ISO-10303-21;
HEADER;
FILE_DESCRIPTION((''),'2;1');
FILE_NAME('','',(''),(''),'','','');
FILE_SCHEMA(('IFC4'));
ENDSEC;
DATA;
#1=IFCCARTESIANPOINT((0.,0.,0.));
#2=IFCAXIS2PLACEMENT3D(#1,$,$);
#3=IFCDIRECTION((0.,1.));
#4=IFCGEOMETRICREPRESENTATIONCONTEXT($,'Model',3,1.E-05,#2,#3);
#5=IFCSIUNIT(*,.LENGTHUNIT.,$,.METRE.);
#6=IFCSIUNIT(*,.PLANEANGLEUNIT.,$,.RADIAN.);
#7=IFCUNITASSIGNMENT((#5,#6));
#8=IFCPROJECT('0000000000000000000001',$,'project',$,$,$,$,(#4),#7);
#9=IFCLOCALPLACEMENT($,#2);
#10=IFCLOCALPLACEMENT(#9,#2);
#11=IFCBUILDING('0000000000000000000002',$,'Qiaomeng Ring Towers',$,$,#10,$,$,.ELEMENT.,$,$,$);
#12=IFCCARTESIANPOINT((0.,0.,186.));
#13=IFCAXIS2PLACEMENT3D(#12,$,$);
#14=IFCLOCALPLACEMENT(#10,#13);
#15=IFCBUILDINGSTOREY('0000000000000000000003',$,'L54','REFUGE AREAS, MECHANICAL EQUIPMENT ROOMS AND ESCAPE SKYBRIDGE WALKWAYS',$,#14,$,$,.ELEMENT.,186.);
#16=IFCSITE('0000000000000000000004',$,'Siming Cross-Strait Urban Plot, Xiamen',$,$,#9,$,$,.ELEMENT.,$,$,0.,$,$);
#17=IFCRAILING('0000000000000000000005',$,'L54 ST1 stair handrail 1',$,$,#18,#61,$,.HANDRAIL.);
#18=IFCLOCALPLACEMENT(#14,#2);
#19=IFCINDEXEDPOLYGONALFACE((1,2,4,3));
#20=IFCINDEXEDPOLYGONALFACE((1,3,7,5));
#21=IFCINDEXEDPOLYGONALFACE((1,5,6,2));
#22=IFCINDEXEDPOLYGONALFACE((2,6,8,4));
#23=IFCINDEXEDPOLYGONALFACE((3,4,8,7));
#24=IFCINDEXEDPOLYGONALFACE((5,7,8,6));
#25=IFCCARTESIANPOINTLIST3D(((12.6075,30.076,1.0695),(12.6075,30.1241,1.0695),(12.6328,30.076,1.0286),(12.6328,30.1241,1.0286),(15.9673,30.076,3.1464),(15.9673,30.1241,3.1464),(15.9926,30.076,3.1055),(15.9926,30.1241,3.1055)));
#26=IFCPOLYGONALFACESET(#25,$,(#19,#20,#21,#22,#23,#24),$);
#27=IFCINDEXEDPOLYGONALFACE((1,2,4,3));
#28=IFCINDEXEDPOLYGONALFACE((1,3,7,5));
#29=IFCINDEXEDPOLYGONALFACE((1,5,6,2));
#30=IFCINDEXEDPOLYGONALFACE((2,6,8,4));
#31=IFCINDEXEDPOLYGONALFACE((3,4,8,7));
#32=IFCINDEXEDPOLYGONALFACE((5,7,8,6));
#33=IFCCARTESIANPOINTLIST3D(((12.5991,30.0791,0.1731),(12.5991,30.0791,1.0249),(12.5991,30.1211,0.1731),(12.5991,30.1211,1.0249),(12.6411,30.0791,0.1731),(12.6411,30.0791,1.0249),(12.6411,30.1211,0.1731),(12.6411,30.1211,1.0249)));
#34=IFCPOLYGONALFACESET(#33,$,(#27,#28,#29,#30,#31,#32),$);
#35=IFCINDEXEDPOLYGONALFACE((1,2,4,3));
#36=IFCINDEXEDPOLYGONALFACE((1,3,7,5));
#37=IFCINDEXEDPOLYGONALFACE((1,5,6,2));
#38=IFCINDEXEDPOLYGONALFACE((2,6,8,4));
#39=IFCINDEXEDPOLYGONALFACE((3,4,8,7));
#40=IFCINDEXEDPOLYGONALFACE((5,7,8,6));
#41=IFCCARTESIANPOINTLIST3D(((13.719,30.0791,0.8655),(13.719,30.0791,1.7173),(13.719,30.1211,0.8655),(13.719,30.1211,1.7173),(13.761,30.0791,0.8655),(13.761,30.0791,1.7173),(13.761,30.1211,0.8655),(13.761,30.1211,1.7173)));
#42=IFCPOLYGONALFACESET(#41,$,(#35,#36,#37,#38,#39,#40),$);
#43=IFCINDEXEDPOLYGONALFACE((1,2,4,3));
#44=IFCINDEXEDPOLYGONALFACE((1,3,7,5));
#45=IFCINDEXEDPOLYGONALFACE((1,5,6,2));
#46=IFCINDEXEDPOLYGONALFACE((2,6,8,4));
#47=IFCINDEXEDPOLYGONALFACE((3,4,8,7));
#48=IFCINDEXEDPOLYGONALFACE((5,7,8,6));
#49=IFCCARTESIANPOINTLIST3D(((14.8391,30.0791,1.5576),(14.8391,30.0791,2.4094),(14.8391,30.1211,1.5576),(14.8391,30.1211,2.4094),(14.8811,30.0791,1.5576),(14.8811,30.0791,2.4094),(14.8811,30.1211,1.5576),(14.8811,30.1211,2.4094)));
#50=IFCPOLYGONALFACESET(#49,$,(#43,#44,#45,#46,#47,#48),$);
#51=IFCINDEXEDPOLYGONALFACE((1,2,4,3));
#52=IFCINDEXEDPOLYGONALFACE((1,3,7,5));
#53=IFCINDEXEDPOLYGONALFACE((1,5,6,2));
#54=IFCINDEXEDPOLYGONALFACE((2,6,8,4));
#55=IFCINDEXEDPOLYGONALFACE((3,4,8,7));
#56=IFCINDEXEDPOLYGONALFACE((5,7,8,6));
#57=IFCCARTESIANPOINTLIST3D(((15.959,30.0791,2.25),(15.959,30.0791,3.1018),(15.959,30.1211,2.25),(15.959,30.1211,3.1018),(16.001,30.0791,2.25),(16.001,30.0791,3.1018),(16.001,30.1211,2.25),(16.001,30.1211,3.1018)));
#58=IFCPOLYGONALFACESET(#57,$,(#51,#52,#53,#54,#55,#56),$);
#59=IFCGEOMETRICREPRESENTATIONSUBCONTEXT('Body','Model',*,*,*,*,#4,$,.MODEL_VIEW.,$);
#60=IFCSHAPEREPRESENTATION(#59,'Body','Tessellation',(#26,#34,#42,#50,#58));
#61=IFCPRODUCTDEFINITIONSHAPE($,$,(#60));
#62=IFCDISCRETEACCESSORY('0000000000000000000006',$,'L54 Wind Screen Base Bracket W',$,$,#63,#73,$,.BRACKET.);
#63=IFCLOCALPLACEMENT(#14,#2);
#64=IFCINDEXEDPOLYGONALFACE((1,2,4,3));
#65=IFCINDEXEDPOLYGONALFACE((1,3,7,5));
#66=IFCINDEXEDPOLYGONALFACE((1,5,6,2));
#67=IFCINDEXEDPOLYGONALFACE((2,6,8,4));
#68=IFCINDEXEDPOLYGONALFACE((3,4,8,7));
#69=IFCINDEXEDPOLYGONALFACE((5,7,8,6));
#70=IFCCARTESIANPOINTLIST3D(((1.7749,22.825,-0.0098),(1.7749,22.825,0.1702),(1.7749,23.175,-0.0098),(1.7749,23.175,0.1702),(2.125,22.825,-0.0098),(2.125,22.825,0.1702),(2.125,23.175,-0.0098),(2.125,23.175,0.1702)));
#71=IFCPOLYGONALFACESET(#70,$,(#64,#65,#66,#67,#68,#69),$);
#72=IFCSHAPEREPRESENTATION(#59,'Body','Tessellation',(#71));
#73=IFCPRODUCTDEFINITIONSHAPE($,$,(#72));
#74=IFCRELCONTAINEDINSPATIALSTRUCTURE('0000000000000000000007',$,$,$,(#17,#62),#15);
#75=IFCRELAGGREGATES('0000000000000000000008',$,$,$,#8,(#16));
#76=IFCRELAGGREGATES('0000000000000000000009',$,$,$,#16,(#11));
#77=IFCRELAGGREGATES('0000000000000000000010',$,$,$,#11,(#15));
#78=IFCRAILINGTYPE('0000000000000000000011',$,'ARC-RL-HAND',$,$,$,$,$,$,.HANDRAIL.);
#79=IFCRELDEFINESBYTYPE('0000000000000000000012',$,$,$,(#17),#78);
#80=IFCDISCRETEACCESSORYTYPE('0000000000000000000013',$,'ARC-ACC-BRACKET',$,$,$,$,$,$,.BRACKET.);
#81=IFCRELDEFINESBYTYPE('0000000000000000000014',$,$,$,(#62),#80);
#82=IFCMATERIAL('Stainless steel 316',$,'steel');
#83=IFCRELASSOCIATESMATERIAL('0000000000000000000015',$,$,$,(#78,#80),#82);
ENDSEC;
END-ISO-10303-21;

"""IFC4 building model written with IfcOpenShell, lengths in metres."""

from ifc_helpers import new_model, si_unit, direction, frame, origin, origin_2d, place, context, subcontext, project, spatial, rectangle, extrude, source, transform, mapped, material, type_object, element, save


model = new_model("IFC4")

# Units and contexts
model_context = context("Model", 3, precision=1e-05, world=origin(), true_north=direction((0.0, 1.0)))
body_context = subcontext(model_context, "Body", "Model", "MODEL_VIEW")
ifc_project = project(units=[si_unit("LENGTHUNIT", "METRE"), si_unit("PLANEANGLEUNIT", "RADIAN")], contexts=[model_context])

# Site, building, storey
site_placement = place(None, origin())
site = spatial("IfcSite", under=ifc_project, at=site_placement, Name="Siming Cross-Strait Urban Plot, Xiamen", CompositionType="ELEMENT", RefElevation=0.0)
building_placement = place(site_placement, origin())
building = spatial("IfcBuilding", under=site, at=building_placement, Name="Qiaomeng Ring Towers", CompositionType="ELEMENT")
storey_placement = place(building_placement, frame((0.0, 0.0, 186.0)))
storey = spatial("IfcBuildingStorey", under=building, at=storey_placement, Name="L54", Description="REFUGE AREAS, MECHANICAL EQUIPMENT ROOMS AND ESCAPE SKYBRIDGE WALKWAYS", CompositionType="ELEMENT", Elevation=186.0)

# Shared definitions
ifc_material_1 = material(Name="Stainless steel 316", Category="steel")

# Railing
railing_type_1 = type_object("IfcRailingType", Name="ARC-RL-HAND", PredefinedType="HANDRAIL", material=ifc_material_1)
railing_1_placement = place(storey_placement, frame((12.6201, 30.1001, 0.1731)))
element("IfcRailing", 1, at=railing_1_placement, inside=storey, type_object=railing_type_1, Name="L54 ST1 stair handrail 1", PredefinedType="HANDRAIL", context=body_context, shape_type="SweptSolid", body=[
    extrude(rectangle(XDim=0.0481, YDim=0.0481, at=origin_2d()), frame((0.0, 0.0, 0.876), z_axis=(0.850606, 0.0, 0.525803), x_axis=(0.0, 1.0, 0.0)), (0.0, 0.0, 1.0), 3.95),
    extrude(rectangle(XDim=0.042, YDim=0.042, at=origin_2d()), origin(), (0.0, 0.0, 1.0), 0.8518),
    extrude(rectangle(XDim=0.042, YDim=0.042, at=origin_2d()), frame((1.1199, 0.0, 0.6924)), (0.0, 0.0, 1.0), 0.8518),
    extrude(rectangle(XDim=0.042, YDim=0.042, at=origin_2d()), frame((2.24, 0.0, 1.3845)), (0.0, 0.0, 1.0), 0.8518),
    extrude(rectangle(XDim=0.042, YDim=0.042, at=origin_2d()), frame((3.3599, 0.0, 2.0769)), (0.0, 0.0, 1.0), 0.8518),
])

# Discrete accessory
discrete_accessory_type = type_object("IfcDiscreteAccessoryType", Name="ARC-ACC-BRACKET", PredefinedType="BRACKET", material=ifc_material_1)
shared_shape_1 = source(origin(), body_context, "Body", "SweptSolid", [
    extrude(rectangle(XDim=0.3501, YDim=0.3501, at=origin_2d()), origin(), (0.0, 0.0, 1.0), 0.1799),
])
discrete_accessory_placement = place(storey_placement, frame((1.95, 23.0, -0.0098), z_axis=(0.0, 0.0, 1.0), x_axis=(0.0, -1.0, 0.0)))
element("IfcDiscreteAccessory", 2, at=discrete_accessory_placement, inside=storey, type_object=discrete_accessory_type, Name="L54 Wind Screen Base Bracket W", PredefinedType="BRACKET", context=body_context, shape_type="MappedRepresentation", body=[
    mapped(shared_shape_1, transform((0.0, 0.0, 0.0), x_axis=(1.0, 0.0, 0.0), y_axis=(0.0, 1.0, 0.0), z_axis=(0.0, 0.0, 1.0), scale=1.0)),
])

save(model, "model.ifc")
